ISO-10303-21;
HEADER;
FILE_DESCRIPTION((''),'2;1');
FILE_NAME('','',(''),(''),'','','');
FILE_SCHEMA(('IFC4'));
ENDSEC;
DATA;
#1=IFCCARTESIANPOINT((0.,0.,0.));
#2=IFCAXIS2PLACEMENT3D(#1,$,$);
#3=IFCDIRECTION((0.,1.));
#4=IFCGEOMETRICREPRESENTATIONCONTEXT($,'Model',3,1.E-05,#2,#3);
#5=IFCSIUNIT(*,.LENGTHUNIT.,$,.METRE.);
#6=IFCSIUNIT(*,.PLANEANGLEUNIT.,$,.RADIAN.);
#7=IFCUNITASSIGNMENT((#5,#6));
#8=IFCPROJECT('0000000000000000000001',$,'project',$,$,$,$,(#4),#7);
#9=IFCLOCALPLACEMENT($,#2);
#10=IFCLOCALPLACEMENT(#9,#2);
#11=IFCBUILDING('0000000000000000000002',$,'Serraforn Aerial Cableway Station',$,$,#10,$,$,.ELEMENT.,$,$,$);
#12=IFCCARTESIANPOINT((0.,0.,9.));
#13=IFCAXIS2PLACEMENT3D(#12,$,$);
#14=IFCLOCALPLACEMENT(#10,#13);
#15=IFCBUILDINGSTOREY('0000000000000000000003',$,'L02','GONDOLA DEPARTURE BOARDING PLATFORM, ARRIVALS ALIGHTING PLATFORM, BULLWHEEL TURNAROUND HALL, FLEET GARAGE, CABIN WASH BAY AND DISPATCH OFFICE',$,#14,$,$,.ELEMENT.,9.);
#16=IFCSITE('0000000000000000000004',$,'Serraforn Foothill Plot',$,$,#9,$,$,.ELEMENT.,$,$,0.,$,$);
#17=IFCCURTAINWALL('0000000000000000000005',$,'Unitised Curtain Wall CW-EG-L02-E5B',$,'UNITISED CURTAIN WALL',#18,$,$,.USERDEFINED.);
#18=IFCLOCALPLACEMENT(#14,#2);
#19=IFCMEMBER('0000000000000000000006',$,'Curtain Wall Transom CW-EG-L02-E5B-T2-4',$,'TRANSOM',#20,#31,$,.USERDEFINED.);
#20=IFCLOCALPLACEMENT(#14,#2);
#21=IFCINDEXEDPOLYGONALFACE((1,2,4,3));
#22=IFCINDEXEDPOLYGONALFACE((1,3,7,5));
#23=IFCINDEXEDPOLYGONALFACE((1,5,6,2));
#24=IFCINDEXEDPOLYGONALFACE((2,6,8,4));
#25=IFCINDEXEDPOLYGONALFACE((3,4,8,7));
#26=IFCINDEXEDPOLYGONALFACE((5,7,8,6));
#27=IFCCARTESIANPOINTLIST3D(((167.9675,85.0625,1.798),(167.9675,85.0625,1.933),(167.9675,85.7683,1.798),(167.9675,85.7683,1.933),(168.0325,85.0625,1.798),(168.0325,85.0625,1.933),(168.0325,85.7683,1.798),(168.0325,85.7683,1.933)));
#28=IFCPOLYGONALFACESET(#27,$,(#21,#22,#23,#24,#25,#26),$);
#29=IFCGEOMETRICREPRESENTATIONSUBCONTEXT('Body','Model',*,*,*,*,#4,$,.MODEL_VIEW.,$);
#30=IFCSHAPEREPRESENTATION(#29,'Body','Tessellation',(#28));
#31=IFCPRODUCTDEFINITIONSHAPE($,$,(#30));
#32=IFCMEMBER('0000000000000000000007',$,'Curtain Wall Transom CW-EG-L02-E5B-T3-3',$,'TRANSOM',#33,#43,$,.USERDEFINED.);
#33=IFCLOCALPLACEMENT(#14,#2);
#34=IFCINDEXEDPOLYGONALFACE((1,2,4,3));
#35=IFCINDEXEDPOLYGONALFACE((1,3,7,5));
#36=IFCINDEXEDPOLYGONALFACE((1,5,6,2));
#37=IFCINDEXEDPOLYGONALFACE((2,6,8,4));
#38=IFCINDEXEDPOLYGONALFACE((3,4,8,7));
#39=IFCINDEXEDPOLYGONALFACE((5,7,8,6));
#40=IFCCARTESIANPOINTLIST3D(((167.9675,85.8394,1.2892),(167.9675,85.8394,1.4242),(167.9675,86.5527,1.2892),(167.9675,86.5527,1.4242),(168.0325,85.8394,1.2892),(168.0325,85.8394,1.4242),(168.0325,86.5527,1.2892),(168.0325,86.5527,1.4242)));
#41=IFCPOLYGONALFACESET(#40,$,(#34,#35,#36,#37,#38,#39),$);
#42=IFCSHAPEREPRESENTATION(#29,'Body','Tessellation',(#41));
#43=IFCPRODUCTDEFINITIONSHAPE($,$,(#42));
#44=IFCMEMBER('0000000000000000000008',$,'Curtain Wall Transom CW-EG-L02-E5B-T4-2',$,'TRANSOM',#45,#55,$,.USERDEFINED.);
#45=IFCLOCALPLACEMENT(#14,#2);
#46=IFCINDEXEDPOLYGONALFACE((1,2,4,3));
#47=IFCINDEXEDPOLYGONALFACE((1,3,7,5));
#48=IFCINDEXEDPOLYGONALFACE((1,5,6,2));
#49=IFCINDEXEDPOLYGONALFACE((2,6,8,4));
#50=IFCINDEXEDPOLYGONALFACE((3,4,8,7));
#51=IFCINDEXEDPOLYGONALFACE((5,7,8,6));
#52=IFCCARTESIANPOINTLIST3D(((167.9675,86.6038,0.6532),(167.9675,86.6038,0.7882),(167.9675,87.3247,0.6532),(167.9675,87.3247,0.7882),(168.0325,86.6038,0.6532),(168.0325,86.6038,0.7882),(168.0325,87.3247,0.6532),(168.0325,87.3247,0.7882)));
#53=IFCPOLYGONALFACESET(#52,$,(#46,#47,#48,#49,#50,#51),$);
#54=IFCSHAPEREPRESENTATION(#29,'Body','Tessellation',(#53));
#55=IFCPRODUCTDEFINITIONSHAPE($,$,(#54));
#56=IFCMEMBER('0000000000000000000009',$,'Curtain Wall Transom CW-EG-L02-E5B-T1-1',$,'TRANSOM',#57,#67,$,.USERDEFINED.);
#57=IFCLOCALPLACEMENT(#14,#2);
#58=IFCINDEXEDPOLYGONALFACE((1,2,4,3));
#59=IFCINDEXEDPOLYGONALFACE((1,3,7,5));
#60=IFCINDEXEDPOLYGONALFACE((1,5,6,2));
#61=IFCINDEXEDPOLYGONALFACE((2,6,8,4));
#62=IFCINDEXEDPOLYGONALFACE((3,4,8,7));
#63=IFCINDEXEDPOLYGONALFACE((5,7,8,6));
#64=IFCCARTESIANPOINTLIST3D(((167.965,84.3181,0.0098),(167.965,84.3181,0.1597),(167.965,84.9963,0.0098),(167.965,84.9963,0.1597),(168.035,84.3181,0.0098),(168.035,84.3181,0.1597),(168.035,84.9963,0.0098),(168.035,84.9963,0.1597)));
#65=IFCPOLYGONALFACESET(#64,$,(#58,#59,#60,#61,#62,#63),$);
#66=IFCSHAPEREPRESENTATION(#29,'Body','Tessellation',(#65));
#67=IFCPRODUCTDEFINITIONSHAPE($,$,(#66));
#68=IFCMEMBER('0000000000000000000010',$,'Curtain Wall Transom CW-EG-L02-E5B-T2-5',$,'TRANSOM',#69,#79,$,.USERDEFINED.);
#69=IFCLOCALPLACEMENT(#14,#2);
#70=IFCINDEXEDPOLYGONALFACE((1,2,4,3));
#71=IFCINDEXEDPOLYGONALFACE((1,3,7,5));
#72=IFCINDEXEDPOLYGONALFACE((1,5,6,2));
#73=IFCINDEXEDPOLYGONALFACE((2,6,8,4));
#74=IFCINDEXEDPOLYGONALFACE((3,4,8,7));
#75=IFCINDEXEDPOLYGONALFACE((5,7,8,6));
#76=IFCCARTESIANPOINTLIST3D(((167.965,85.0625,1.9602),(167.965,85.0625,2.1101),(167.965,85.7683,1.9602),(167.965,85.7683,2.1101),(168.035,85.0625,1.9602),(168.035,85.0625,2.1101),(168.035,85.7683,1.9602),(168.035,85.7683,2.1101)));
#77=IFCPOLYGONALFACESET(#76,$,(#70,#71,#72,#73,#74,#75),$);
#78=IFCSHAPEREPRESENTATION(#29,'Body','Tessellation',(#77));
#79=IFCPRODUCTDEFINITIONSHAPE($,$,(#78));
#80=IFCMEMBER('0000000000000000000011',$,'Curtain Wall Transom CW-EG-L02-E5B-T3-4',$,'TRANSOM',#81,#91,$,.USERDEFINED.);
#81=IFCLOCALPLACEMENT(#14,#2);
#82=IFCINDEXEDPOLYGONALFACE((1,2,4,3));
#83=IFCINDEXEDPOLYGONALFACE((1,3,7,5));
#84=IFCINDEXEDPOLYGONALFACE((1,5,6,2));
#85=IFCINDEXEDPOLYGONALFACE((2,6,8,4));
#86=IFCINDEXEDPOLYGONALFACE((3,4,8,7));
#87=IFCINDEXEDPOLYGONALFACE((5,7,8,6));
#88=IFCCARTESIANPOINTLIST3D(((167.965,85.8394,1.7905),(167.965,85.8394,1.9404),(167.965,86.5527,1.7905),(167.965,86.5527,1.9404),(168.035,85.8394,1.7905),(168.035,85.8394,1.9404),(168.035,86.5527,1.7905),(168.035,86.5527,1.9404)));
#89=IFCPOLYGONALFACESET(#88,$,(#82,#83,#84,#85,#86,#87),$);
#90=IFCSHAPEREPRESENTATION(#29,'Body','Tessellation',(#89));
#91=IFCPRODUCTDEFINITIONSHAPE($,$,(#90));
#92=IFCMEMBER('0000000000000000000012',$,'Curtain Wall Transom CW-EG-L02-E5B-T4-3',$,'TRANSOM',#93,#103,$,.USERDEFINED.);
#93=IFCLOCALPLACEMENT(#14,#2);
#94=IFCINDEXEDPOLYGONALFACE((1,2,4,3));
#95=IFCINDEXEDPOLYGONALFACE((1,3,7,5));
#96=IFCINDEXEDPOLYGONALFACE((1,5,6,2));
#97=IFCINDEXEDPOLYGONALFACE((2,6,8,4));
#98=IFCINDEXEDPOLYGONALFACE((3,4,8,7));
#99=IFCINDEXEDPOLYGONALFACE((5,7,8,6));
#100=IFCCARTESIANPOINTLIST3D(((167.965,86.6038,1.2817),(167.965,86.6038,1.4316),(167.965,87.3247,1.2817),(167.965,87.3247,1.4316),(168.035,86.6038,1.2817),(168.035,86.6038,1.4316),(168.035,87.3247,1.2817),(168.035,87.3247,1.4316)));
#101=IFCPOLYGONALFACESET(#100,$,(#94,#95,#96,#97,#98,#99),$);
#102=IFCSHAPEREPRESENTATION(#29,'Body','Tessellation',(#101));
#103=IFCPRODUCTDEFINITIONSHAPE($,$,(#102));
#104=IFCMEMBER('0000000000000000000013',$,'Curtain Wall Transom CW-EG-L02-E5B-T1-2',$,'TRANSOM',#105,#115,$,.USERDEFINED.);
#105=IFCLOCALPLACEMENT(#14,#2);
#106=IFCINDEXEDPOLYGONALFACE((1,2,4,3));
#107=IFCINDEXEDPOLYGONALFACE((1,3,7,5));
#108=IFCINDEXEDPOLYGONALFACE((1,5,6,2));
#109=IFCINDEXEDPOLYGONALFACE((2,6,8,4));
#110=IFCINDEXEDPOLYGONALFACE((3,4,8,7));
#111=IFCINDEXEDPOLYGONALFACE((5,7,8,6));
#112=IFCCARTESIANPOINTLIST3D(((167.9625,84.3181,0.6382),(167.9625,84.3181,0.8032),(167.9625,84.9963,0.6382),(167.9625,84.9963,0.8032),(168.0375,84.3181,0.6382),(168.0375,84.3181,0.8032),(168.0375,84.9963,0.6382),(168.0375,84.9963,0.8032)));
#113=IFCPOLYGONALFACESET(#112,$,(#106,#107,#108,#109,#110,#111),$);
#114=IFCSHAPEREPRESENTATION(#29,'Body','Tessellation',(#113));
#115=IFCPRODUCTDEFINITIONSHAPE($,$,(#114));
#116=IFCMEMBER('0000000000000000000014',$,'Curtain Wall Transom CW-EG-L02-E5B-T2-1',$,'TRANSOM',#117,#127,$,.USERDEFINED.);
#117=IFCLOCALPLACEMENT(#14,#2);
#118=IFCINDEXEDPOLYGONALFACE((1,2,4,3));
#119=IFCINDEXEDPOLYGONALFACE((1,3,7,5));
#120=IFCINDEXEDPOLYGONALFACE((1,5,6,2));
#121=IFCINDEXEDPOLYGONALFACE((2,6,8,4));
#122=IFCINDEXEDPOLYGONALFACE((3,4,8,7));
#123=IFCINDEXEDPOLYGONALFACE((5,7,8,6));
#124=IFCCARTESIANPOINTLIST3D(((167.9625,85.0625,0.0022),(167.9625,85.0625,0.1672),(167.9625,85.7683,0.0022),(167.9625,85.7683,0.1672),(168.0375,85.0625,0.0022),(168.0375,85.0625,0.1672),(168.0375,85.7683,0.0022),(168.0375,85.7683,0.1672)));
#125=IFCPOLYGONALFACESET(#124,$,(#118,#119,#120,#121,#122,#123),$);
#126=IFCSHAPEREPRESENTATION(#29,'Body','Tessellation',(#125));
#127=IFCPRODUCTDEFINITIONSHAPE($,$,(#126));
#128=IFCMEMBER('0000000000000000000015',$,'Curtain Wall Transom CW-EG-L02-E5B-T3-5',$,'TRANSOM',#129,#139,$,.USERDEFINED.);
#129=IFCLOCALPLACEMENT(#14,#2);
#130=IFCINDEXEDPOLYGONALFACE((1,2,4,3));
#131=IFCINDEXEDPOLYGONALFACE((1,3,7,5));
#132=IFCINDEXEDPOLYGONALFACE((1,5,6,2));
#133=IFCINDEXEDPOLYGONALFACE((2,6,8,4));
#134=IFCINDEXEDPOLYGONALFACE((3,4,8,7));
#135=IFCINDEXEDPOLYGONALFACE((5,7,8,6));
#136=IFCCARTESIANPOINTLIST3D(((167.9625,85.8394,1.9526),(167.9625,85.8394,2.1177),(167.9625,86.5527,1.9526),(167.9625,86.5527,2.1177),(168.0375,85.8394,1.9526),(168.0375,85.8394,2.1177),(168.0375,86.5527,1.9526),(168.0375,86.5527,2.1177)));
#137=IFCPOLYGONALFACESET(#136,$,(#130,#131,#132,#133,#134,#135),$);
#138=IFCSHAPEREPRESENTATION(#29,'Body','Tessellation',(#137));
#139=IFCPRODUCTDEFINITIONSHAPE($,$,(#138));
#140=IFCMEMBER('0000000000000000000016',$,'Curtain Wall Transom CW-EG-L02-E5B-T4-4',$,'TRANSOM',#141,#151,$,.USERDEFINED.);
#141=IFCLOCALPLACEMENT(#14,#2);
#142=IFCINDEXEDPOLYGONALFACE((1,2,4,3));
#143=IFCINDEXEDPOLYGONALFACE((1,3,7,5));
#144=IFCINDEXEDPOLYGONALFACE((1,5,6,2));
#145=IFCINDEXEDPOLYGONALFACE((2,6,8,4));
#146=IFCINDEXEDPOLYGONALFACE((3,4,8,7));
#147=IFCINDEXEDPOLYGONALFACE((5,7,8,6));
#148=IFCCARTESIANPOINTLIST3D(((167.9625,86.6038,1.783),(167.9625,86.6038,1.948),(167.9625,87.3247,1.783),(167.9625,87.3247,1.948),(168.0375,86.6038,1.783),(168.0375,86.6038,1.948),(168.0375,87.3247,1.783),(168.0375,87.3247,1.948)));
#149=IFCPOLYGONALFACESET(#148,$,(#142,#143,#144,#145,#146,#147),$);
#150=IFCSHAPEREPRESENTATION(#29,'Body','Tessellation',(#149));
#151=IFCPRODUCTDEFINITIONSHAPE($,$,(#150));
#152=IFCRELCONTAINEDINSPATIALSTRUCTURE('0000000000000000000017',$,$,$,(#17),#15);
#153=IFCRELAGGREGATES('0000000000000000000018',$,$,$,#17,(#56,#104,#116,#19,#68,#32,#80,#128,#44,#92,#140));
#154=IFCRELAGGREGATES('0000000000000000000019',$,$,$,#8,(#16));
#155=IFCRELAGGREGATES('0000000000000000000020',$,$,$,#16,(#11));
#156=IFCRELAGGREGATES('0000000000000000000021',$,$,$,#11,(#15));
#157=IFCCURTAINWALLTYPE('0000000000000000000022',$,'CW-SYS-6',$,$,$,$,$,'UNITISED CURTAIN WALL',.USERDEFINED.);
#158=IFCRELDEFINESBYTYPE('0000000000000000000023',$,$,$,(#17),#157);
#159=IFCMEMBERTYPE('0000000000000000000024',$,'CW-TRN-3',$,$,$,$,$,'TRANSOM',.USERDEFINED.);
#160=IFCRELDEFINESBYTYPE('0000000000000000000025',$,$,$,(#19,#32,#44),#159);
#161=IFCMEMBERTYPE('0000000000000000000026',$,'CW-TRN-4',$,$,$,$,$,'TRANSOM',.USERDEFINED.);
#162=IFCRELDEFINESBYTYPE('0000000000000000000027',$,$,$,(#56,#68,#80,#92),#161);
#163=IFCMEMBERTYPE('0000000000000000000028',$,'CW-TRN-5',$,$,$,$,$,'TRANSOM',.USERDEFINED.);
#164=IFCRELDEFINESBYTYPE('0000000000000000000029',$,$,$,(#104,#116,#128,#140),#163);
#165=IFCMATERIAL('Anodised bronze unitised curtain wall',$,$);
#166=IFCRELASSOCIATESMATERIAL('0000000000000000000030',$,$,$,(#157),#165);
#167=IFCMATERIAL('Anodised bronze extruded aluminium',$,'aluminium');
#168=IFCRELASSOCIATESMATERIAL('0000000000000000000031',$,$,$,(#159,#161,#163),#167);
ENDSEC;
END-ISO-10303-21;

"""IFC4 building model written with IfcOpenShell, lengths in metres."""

from ifc_helpers import new_model, si_unit, direction, frame, origin, origin_2d, place, context, subcontext, project, spatial, rectangle, extrude, material, material_profile, profile_set, type_object, element, aggregate, save


model = new_model("IFC4")

# Units and contexts
model_context = context("Model", 3, precision=1e-05, world=origin(), true_north=direction((0.0, 1.0)))
body_context = subcontext(model_context, "Body", "Model", "MODEL_VIEW")
ifc_project = project(units=[si_unit("LENGTHUNIT", "METRE"), si_unit("PLANEANGLEUNIT", "RADIAN")], contexts=[model_context])

# Site, building, storey
site_placement = place(None, origin())
site = spatial("IfcSite", under=ifc_project, at=site_placement, Name="Serraforn Foothill Plot", CompositionType="ELEMENT", RefElevation=0.0)
building_placement = place(site_placement, origin())
building = spatial("IfcBuilding", under=site, at=building_placement, Name="Serraforn Aerial Cableway Station", CompositionType="ELEMENT")
storey_placement = place(building_placement, frame((0.0, 0.0, 9.0)))
storey = spatial("IfcBuildingStorey", under=building, at=storey_placement, Name="L02", Description="GONDOLA DEPARTURE BOARDING PLATFORM, ARRIVALS ALIGHTING PLATFORM, BULLWHEEL TURNAROUND HALL, FLEET GARAGE, CABIN WASH BAY AND DISPATCH OFFICE", CompositionType="ELEMENT", Elevation=9.0)

# Curtain wall
ifc_material_1 = material(Name="Anodised bronze unitised curtain wall")
curtain_wall_type_1 = type_object("IfcCurtainWallType", Name="CW-SYS-6", ElementType="UNITISED CURTAIN WALL", PredefinedType="USERDEFINED", material=ifc_material_1)
curtain_wall_1_placement = place(storey_placement, origin())
curtain_wall_1 = element("IfcCurtainWall", 1, at=curtain_wall_1_placement, inside=storey, type_object=curtain_wall_type_1, Name="Unitised Curtain Wall CW-EG-L02-E5B", ObjectType="UNITISED CURTAIN WALL", PredefinedType="USERDEFINED")
ifc_material_2 = material(Name="Anodised bronze extruded aluminium", Category="aluminium")

# Members
ifc_material_profile_1 = material_profile(ifc_material_2, rectangle(XDim=0.0649, YDim=0.135, at=origin_2d()), Name="CW TRANSOM 65x135")
ifc_profile_set_1 = profile_set([ifc_material_profile_1], Name="Anodised bronze extruded aluminium")
member_type_1 = type_object("IfcMemberType", Name="CW-TRN-3", ElementType="TRANSOM", PredefinedType="USERDEFINED", material=ifc_profile_set_1)
member_1_placement = place(storey_placement, frame((168.0, 85.0625, 1.8655), z_axis=(0.0, 1.0, 0.0), x_axis=(-1.0, 0.0, 0.0)))
member_1 = element("IfcMember", 2, at=member_1_placement, type_object=member_type_1, Name="Curtain Wall Transom CW-EG-L02-E5B-T2-4", ObjectType="TRANSOM", PredefinedType="USERDEFINED", context=body_context, shape_type="SweptSolid", body=[
    extrude(rectangle(XDim=0.0649, YDim=0.135, at=origin_2d()), origin(), (0.0, 0.0, 1.0), 0.7058),
])
member_2_placement = place(storey_placement, frame((168.0, 85.8394, 1.3567), z_axis=(0.0, 1.0, 0.0), x_axis=(-1.0, 0.0, 0.0)))
member_2 = element("IfcMember", 3, at=member_2_placement, type_object=member_type_1, Name="Curtain Wall Transom CW-EG-L02-E5B-T3-3", ObjectType="TRANSOM", PredefinedType="USERDEFINED", context=body_context, shape_type="SweptSolid", body=[
    extrude(rectangle(XDim=0.0649, YDim=0.135, at=origin_2d()), origin(), (0.0, 0.0, 1.0), 0.7134),
])
member_3_placement = place(storey_placement, frame((168.0, 86.6038, 0.7207), z_axis=(0.0, 1.0, 0.0), x_axis=(-1.0, 0.0, 0.0)))
member_3 = element("IfcMember", 4, at=member_3_placement, type_object=member_type_1, Name="Curtain Wall Transom CW-EG-L02-E5B-T4-2", ObjectType="TRANSOM", PredefinedType="USERDEFINED", context=body_context, shape_type="SweptSolid", body=[
    extrude(rectangle(XDim=0.0649, YDim=0.135, at=origin_2d()), origin(), (0.0, 0.0, 1.0), 0.7209),
])
ifc_material_profile_2 = material_profile(ifc_material_2, rectangle(XDim=0.0701, YDim=0.1499, at=origin_2d()), Name="CW TRANSOM 70x150")
ifc_profile_set_2 = profile_set([ifc_material_profile_2], Name="Anodised bronze extruded aluminium")
member_type_2 = type_object("IfcMemberType", Name="CW-TRN-4", ElementType="TRANSOM", PredefinedType="USERDEFINED", material=ifc_profile_set_2)
member_4_placement = place(storey_placement, frame((168.0, 84.3181, 0.0847), z_axis=(0.0, 1.0, 0.0), x_axis=(-1.0, 0.0, 0.0)))
member_4 = element("IfcMember", 5, at=member_4_placement, type_object=member_type_2, Name="Curtain Wall Transom CW-EG-L02-E5B-T1-1", ObjectType="TRANSOM", PredefinedType="USERDEFINED", context=body_context, shape_type="SweptSolid", body=[
    extrude(rectangle(XDim=0.0701, YDim=0.1499, at=origin_2d()), origin(), (0.0, 0.0, 1.0), 0.6782),
])
member_5_placement = place(storey_placement, frame((168.0, 85.0625, 2.0352), z_axis=(0.0, 1.0, 0.0), x_axis=(-1.0, 0.0, 0.0)))
member_5 = element("IfcMember", 6, at=member_5_placement, type_object=member_type_2, Name="Curtain Wall Transom CW-EG-L02-E5B-T2-5", ObjectType="TRANSOM", PredefinedType="USERDEFINED", context=body_context, shape_type="SweptSolid", body=[
    extrude(rectangle(XDim=0.0701, YDim=0.1499, at=origin_2d()), origin(), (0.0, 0.0, 1.0), 0.7058),
])
member_6_placement = place(storey_placement, frame((168.0, 85.8394, 1.8655), z_axis=(0.0, 1.0, 0.0), x_axis=(-1.0, 0.0, 0.0)))
member_6 = element("IfcMember", 7, at=member_6_placement, type_object=member_type_2, Name="Curtain Wall Transom CW-EG-L02-E5B-T3-4", ObjectType="TRANSOM", PredefinedType="USERDEFINED", context=body_context, shape_type="SweptSolid", body=[
    extrude(rectangle(XDim=0.0701, YDim=0.1499, at=origin_2d()), origin(), (0.0, 0.0, 1.0), 0.7134),
])
member_7_placement = place(storey_placement, frame((168.0, 86.6038, 1.3567), z_axis=(0.0, 1.0, 0.0), x_axis=(-1.0, 0.0, 0.0)))
member_7 = element("IfcMember", 8, at=member_7_placement, type_object=member_type_2, Name="Curtain Wall Transom CW-EG-L02-E5B-T4-3", ObjectType="TRANSOM", PredefinedType="USERDEFINED", context=body_context, shape_type="SweptSolid", body=[
    extrude(rectangle(XDim=0.0701, YDim=0.1499, at=origin_2d()), origin(), (0.0, 0.0, 1.0), 0.7209),
])
ifc_material_profile_3 = material_profile(ifc_material_2, rectangle(XDim=0.075, YDim=0.165, at=origin_2d()), Name="CW TRANSOM 75x165")
ifc_profile_set_3 = profile_set([ifc_material_profile_3], Name="Anodised bronze extruded aluminium")
member_type_3 = type_object("IfcMemberType", Name="CW-TRN-5", ElementType="TRANSOM", PredefinedType="USERDEFINED", material=ifc_profile_set_3)
member_8_placement = place(storey_placement, frame((168.0, 84.3181, 0.7207), z_axis=(0.0, 1.0, 0.0), x_axis=(-1.0, 0.0, 0.0)))
member_8 = element("IfcMember", 9, at=member_8_placement, type_object=member_type_3, Name="Curtain Wall Transom CW-EG-L02-E5B-T1-2", ObjectType="TRANSOM", PredefinedType="USERDEFINED", context=body_context, shape_type="SweptSolid", body=[
    extrude(rectangle(XDim=0.075, YDim=0.165, at=origin_2d()), origin(), (0.0, 0.0, 1.0), 0.6782),
])
member_9_placement = place(storey_placement, frame((168.0, 85.0625, 0.0847), z_axis=(0.0, 1.0, 0.0), x_axis=(-1.0, 0.0, 0.0)))
member_9 = element("IfcMember", 10, at=member_9_placement, type_object=member_type_3, Name="Curtain Wall Transom CW-EG-L02-E5B-T2-1", ObjectType="TRANSOM", PredefinedType="USERDEFINED", context=body_context, shape_type="SweptSolid", body=[
    extrude(rectangle(XDim=0.075, YDim=0.165, at=origin_2d()), origin(), (0.0, 0.0, 1.0), 0.7058),
])
member_10_placement = place(storey_placement, frame((168.0, 85.8394, 2.0352), z_axis=(0.0, 1.0, 0.0), x_axis=(-1.0, 0.0, 0.0)))
member_10 = element("IfcMember", 11, at=member_10_placement, type_object=member_type_3, Name="Curtain Wall Transom CW-EG-L02-E5B-T3-5", ObjectType="TRANSOM", PredefinedType="USERDEFINED", context=body_context, shape_type="SweptSolid", body=[
    extrude(rectangle(XDim=0.075, YDim=0.165, at=origin_2d()), origin(), (0.0, 0.0, 1.0), 0.7134),
])
member_11_placement = place(storey_placement, frame((168.0, 86.6038, 1.8655), z_axis=(0.0, 1.0, 0.0), x_axis=(-1.0, 0.0, 0.0)))
member_11 = element("IfcMember", 12, at=member_11_placement, type_object=member_type_3, Name="Curtain Wall Transom CW-EG-L02-E5B-T4-4", ObjectType="TRANSOM", PredefinedType="USERDEFINED", context=body_context, shape_type="SweptSolid", body=[
    extrude(rectangle(XDim=0.075, YDim=0.165, at=origin_2d()), origin(), (0.0, 0.0, 1.0), 0.7209),
])

aggregate(curtain_wall_1, [member_4, member_8, member_9, member_1, member_5, member_2, member_6, member_10, member_3, member_7, member_11])

save(model, "model.ifc")
